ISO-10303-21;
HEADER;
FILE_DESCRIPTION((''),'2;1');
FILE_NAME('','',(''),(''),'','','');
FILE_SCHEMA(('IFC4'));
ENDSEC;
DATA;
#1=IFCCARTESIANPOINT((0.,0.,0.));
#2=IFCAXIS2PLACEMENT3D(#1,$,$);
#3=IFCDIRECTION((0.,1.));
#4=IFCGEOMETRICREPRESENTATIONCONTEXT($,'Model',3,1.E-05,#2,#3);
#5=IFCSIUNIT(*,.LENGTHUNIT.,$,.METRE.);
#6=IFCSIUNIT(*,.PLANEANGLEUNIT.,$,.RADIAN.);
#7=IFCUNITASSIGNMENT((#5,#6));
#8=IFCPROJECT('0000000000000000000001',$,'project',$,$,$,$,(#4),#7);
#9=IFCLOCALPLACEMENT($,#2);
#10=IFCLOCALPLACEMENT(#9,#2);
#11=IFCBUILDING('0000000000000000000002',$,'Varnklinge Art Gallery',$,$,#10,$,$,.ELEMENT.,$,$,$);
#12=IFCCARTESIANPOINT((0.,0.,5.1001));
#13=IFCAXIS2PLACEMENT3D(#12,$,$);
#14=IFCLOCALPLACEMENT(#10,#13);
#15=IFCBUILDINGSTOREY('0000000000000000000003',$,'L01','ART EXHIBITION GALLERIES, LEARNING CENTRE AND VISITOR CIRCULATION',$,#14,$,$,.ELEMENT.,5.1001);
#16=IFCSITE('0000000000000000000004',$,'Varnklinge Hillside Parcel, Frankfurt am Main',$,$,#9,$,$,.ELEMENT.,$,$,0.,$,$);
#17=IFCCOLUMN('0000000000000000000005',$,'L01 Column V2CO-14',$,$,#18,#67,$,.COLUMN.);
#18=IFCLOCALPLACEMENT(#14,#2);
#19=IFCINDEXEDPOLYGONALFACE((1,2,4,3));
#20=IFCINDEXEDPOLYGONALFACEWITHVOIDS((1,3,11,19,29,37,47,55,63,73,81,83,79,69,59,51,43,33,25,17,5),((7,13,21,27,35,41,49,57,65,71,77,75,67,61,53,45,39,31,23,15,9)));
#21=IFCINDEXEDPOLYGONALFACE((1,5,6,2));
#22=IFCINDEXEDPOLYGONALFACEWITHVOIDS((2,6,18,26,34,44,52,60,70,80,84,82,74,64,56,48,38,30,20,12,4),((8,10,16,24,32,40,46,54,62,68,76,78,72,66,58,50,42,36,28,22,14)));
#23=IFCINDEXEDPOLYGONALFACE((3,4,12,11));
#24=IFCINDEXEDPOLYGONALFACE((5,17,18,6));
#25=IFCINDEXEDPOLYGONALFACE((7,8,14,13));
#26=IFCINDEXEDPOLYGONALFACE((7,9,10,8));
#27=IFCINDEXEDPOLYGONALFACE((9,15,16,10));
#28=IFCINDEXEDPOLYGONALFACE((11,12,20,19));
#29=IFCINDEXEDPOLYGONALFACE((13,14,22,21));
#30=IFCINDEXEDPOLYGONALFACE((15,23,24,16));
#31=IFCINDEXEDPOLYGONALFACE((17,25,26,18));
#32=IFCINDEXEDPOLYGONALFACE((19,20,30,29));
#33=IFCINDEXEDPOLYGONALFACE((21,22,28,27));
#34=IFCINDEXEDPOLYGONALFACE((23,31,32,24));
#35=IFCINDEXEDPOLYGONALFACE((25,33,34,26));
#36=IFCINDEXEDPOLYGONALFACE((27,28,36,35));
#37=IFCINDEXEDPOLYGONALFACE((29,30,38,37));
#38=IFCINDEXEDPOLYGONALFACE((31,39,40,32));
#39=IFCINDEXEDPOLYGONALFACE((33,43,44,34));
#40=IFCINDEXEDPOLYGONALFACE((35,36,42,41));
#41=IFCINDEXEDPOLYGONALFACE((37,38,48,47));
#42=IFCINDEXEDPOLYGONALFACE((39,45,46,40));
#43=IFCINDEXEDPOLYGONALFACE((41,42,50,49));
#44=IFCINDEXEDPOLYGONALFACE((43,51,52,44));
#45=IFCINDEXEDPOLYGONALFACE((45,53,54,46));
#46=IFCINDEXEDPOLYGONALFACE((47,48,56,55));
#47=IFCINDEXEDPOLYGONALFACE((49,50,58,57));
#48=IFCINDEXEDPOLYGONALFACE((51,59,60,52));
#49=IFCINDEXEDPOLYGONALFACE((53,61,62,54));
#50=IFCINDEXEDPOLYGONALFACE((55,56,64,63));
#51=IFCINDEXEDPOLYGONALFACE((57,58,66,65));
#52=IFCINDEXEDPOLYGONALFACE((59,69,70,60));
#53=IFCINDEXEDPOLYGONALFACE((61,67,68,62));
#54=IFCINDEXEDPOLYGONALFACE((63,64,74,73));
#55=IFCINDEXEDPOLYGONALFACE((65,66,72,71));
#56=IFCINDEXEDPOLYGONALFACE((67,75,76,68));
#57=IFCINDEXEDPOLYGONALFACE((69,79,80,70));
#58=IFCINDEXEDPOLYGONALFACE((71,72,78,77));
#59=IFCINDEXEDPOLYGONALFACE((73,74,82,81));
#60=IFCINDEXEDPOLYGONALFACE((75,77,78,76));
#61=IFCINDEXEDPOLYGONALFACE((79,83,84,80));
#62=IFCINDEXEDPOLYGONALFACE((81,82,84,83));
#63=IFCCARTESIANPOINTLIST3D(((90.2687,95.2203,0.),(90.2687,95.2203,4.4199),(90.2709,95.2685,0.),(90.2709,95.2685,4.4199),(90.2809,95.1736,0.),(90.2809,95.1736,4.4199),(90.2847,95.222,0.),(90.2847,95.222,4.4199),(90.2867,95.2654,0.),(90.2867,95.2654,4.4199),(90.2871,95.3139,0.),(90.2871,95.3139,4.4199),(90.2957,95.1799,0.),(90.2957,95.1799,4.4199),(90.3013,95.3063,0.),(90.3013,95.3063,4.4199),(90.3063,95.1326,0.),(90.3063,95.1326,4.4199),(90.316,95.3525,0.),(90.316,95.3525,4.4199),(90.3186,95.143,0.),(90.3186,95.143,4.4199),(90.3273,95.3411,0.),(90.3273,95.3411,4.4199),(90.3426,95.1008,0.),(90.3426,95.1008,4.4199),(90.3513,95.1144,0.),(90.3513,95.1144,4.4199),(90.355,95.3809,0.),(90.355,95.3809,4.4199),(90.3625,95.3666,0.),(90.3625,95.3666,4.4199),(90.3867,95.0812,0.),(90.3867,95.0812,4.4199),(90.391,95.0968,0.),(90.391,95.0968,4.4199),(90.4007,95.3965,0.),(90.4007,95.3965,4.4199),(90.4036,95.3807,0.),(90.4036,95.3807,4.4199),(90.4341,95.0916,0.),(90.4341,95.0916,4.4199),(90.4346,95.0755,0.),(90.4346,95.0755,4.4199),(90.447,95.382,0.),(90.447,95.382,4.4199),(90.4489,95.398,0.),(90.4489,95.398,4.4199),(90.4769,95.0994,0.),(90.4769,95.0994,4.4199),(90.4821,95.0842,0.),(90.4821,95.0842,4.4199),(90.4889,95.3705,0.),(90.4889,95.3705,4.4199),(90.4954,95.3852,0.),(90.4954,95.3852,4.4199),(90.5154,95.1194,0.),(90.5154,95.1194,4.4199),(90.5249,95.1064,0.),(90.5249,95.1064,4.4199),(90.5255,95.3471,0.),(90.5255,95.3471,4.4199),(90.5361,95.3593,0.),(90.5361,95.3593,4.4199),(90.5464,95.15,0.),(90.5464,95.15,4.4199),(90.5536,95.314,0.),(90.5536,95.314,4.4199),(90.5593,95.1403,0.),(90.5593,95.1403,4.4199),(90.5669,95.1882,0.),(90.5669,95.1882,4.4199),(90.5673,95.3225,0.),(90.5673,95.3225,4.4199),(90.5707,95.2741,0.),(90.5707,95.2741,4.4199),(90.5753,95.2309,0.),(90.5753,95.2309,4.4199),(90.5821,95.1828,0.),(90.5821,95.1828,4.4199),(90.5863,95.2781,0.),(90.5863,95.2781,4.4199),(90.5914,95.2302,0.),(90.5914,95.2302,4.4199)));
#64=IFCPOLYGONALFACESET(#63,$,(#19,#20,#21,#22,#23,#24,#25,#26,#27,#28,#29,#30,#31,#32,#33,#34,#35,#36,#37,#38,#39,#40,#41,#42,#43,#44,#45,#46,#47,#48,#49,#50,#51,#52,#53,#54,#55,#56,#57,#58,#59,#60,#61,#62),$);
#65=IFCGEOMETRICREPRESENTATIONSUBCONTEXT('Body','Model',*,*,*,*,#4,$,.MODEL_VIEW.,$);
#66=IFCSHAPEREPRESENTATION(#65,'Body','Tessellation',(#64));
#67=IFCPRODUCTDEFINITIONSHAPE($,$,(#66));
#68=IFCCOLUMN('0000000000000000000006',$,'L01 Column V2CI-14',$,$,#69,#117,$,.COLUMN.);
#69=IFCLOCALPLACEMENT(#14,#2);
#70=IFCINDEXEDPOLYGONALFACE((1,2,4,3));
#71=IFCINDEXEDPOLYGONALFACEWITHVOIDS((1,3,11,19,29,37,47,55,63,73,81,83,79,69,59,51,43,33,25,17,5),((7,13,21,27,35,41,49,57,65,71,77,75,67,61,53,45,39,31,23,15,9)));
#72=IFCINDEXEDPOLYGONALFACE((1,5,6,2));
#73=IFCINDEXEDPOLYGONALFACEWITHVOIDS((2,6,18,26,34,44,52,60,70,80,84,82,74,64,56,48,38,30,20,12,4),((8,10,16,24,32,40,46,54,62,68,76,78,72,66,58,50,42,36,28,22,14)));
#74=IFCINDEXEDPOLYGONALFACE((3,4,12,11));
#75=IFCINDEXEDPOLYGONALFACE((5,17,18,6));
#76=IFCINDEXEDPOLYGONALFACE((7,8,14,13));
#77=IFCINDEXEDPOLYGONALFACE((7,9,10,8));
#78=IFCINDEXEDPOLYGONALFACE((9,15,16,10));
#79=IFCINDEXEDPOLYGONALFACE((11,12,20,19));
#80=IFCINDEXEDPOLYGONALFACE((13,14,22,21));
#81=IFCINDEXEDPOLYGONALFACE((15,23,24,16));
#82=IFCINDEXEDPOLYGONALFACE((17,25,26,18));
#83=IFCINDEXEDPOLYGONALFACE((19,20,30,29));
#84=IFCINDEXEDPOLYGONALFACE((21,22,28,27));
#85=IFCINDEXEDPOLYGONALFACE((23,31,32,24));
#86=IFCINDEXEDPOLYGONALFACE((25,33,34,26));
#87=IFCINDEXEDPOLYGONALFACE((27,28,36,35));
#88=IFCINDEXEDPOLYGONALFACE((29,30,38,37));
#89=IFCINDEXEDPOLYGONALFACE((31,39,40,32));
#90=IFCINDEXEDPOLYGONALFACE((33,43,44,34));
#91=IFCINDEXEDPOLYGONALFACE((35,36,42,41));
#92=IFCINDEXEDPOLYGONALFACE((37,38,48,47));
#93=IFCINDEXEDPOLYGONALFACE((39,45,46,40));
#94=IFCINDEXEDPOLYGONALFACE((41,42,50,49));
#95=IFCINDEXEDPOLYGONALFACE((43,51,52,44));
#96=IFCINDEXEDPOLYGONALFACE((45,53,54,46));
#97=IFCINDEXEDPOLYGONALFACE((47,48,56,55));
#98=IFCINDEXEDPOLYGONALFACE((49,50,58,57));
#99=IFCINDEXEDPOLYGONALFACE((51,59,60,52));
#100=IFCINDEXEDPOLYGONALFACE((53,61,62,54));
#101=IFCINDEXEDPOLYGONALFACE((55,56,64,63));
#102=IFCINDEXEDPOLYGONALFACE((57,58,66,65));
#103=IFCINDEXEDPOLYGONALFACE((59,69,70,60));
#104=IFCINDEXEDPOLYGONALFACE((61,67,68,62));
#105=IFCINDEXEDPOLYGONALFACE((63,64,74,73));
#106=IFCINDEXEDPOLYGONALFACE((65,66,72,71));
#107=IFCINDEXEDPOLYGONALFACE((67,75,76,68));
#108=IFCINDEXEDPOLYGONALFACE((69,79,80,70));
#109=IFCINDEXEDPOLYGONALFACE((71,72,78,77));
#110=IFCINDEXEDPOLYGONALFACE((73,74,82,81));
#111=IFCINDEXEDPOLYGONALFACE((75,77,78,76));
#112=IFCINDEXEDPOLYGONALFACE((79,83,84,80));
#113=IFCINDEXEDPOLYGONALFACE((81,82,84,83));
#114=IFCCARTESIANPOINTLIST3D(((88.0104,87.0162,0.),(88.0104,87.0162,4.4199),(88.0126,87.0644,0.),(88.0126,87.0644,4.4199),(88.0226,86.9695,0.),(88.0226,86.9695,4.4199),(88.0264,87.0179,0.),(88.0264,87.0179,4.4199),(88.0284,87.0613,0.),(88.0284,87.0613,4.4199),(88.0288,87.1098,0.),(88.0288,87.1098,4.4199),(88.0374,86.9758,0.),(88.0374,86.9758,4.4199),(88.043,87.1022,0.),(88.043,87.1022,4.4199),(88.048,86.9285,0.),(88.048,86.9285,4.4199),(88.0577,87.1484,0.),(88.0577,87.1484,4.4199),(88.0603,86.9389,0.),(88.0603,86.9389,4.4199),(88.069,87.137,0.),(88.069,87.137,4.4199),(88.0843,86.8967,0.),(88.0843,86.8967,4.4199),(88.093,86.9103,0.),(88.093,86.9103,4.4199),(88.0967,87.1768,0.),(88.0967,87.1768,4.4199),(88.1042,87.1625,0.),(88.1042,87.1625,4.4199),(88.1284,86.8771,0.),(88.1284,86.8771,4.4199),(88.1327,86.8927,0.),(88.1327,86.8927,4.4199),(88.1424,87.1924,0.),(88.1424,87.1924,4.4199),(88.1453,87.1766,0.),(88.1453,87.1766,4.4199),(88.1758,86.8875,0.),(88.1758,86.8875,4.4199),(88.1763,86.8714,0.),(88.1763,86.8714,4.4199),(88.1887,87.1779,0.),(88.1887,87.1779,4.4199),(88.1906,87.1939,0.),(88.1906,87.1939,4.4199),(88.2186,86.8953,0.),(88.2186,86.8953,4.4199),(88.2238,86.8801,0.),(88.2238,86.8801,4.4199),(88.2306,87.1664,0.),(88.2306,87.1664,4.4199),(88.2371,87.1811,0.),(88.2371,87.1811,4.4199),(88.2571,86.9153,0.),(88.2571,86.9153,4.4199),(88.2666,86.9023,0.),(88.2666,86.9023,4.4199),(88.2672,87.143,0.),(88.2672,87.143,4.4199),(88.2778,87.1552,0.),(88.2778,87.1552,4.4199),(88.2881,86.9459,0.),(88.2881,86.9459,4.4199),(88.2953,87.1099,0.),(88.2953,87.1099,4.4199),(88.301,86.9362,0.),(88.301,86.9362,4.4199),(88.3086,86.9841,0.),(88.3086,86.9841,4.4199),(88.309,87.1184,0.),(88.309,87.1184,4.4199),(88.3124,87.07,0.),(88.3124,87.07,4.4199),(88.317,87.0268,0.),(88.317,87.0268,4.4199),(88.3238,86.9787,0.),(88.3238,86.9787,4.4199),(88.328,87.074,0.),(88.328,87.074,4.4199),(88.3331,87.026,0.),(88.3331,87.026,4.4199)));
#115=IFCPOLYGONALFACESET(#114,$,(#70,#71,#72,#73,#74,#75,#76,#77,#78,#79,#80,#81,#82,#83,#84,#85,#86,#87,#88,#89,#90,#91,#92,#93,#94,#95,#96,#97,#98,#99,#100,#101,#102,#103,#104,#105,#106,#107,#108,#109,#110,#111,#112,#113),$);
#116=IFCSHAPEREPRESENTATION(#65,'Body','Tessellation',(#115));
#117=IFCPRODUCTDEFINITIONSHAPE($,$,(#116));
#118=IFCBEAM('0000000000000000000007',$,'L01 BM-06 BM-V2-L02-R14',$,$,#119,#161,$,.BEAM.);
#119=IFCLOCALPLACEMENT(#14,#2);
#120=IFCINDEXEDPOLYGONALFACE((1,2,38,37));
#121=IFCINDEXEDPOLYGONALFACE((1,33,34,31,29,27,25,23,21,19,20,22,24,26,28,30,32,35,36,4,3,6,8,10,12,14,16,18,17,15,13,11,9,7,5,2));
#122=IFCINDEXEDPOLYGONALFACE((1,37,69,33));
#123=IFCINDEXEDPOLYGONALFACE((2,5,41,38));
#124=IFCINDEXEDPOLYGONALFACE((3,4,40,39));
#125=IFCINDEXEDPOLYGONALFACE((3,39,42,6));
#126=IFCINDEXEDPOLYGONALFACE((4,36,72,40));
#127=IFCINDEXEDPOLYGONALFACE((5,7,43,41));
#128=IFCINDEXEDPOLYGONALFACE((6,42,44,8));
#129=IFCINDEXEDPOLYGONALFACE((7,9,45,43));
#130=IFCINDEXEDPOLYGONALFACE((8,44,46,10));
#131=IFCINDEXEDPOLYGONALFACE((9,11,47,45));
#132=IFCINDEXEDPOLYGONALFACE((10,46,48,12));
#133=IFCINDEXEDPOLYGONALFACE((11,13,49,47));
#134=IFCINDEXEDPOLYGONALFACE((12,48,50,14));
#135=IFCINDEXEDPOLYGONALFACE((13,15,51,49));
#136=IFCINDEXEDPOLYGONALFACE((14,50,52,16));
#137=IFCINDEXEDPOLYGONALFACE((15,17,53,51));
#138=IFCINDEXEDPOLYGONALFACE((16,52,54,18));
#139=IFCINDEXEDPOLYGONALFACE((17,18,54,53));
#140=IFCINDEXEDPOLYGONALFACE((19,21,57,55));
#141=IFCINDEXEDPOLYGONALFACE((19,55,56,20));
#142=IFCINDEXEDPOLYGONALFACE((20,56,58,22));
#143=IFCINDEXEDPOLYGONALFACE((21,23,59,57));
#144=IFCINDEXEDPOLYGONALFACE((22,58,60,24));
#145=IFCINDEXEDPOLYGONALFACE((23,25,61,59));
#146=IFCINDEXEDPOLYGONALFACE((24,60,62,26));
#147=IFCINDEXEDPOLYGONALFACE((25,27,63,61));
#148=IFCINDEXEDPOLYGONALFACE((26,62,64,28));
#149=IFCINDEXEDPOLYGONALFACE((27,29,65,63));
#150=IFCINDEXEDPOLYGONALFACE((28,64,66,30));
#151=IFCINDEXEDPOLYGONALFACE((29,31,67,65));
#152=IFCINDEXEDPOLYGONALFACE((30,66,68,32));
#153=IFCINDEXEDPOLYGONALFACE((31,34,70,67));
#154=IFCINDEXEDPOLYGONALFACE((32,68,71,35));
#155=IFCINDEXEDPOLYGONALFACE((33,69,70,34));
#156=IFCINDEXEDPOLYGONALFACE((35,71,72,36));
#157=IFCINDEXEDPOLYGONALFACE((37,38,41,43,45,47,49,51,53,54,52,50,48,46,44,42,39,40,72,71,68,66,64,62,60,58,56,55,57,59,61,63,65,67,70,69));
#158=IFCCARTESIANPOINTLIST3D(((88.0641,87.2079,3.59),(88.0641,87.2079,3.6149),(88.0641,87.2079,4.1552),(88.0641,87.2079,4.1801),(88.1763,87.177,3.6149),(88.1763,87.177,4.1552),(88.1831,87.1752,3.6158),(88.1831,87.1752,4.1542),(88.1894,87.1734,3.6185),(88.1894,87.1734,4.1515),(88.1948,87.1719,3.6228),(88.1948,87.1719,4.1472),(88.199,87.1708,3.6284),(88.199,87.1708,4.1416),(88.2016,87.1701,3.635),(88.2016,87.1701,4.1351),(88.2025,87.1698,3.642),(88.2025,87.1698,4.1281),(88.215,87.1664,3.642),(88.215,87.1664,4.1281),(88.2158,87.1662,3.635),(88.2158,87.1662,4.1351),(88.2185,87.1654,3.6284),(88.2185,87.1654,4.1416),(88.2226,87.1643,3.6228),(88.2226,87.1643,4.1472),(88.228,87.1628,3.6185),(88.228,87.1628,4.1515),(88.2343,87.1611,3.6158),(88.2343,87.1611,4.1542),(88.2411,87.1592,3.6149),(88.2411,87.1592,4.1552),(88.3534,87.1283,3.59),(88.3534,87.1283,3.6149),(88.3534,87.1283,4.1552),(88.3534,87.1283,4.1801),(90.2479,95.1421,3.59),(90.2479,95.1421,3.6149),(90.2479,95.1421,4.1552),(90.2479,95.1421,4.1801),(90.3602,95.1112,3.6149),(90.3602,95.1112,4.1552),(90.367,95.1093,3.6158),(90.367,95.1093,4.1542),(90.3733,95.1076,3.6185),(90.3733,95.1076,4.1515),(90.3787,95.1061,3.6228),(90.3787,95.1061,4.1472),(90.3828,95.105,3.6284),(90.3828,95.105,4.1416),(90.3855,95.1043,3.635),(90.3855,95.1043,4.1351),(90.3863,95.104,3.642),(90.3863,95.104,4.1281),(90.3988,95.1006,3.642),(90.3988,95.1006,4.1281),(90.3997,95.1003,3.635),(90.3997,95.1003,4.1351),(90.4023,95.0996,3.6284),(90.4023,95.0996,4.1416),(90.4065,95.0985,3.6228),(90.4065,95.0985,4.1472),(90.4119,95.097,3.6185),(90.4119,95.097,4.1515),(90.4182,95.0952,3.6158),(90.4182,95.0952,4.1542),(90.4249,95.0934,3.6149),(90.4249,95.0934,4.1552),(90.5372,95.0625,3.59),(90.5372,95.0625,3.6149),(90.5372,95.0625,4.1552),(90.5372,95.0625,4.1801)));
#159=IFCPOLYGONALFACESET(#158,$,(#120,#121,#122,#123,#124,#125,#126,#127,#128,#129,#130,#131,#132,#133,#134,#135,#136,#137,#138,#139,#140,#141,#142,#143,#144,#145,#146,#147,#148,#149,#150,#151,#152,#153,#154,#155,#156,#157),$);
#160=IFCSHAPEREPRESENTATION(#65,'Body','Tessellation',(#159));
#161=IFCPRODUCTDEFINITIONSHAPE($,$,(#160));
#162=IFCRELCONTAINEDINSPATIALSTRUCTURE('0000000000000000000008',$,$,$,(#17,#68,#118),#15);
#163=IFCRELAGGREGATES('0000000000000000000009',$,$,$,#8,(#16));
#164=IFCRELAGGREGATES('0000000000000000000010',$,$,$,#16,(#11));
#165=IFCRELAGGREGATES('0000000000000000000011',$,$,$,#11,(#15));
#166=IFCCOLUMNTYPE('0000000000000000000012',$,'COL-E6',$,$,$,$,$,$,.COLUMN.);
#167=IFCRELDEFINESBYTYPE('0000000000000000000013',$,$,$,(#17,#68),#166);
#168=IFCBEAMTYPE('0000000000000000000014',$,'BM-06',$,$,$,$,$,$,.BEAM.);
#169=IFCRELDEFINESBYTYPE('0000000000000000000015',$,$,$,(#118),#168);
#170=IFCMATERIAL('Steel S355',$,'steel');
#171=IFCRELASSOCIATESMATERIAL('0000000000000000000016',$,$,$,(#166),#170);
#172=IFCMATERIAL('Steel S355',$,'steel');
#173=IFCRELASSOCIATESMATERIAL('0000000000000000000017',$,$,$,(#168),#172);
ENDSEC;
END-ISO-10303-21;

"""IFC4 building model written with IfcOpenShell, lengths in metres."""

from ifc_helpers import new_model, si_unit, direction, frame, origin, origin_2d, place, context, subcontext, project, spatial, hollow_circle, i_section, extrude, material, material_profile, profile_set, type_object, element, save


model = new_model("IFC4")

# Units and contexts
model_context = context("Model", 3, precision=1e-05, world=origin(), true_north=direction((0.0, 1.0)))
body_context = subcontext(model_context, "Body", "Model", "MODEL_VIEW")
ifc_project = project(units=[si_unit("LENGTHUNIT", "METRE"), si_unit("PLANEANGLEUNIT", "RADIAN")], contexts=[model_context])

# Site, building, storey
site_placement = place(None, origin())
site = spatial("IfcSite", under=ifc_project, at=site_placement, Name="Varnklinge Hillside Parcel, Frankfurt am Main", CompositionType="ELEMENT", RefElevation=0.0)
building_placement = place(site_placement, origin())
building = spatial("IfcBuilding", under=site, at=building_placement, Name="Varnklinge Art Gallery", CompositionType="ELEMENT")
storey_placement = place(building_placement, frame((0.0, 0.0, 5.1001)))
storey = spatial("IfcBuildingStorey", under=building, at=storey_placement, Name="L01", Description="ART EXHIBITION GALLERIES, LEARNING CENTRE AND VISITOR CIRCULATION", CompositionType="ELEMENT", Elevation=5.1001)

# Columns
ifc_material_1 = material(Name="Steel S355", Category="steel")
ifc_material_profile_1 = material_profile(ifc_material_1, hollow_circle(Radius=0.1619, WallThickness=0.0161, at=origin_2d()), Name="CHS 323.9x16")
ifc_profile_set_1 = profile_set([ifc_material_profile_1], Name="Steel S355")
column_type = type_object("IfcColumnType", Name="COL-E6", PredefinedType="COLUMN", material=ifc_profile_set_1)
for number, where, z_axis, x_axis, name in (
    (1, (90.4297, 95.2373, 0.0), (0.0, 0.0, 1.0), (-0.265388, -0.964142, 0.0), "L01 Column V2CO-14"),
    (2, (88.1714, 87.0332, 0.0), (0.0, 0.0, 1.0), (-0.265388, -0.964142, 0.0), "L01 Column V2CI-14"),
):
    element("IfcColumn", number, at=place(storey_placement, frame(where, z_axis=z_axis, x_axis=x_axis)), inside=storey, type_object=column_type, Name=name, PredefinedType="COLUMN", context=body_context, shape_type="SweptSolid", body=[
        extrude(hollow_circle(Radius=0.1619, WallThickness=0.0161, at=origin_2d()), origin(), (0.0, 0.0, 1.0), 4.4199),
    ])

# Beam
ifc_material_2 = material(Name="Steel S355", Category="steel")
ifc_material_profile_2 = material_profile(ifc_material_2, i_section(OverallWidth=0.3, OverallDepth=0.5901, WebThickness=0.0129, FlangeThickness=0.0249, FilletRadius=0.0271, at=origin_2d()), Name="HEA 600")
ifc_profile_set_2 = profile_set([ifc_material_profile_2], Name="Steel S355")
beam_type_1 = type_object("IfcBeamType", Name="BM-06", PredefinedType="BEAM", material=ifc_profile_set_2)
beam_1_placement = place(storey_placement, frame((90.3926, 95.1023, 3.885), z_axis=(-0.265379, -0.964144, 0.0), x_axis=(0.964144, -0.265379, 0.0)))
element("IfcBeam", 3, at=beam_1_placement, inside=storey, type_object=beam_type_1, Name="L01 BM-06 BM-V2-L02-R14", PredefinedType="BEAM", context=body_context, shape_type="SweptSolid", body=[
    extrude(i_section(OverallWidth=0.3, OverallDepth=0.5901, WebThickness=0.0129, FlangeThickness=0.0249, FilletRadius=0.0271, at=origin_2d()), origin(), (0.0, 0.0, 1.0), 8.2292),
])

save(model, "model.ifc")
